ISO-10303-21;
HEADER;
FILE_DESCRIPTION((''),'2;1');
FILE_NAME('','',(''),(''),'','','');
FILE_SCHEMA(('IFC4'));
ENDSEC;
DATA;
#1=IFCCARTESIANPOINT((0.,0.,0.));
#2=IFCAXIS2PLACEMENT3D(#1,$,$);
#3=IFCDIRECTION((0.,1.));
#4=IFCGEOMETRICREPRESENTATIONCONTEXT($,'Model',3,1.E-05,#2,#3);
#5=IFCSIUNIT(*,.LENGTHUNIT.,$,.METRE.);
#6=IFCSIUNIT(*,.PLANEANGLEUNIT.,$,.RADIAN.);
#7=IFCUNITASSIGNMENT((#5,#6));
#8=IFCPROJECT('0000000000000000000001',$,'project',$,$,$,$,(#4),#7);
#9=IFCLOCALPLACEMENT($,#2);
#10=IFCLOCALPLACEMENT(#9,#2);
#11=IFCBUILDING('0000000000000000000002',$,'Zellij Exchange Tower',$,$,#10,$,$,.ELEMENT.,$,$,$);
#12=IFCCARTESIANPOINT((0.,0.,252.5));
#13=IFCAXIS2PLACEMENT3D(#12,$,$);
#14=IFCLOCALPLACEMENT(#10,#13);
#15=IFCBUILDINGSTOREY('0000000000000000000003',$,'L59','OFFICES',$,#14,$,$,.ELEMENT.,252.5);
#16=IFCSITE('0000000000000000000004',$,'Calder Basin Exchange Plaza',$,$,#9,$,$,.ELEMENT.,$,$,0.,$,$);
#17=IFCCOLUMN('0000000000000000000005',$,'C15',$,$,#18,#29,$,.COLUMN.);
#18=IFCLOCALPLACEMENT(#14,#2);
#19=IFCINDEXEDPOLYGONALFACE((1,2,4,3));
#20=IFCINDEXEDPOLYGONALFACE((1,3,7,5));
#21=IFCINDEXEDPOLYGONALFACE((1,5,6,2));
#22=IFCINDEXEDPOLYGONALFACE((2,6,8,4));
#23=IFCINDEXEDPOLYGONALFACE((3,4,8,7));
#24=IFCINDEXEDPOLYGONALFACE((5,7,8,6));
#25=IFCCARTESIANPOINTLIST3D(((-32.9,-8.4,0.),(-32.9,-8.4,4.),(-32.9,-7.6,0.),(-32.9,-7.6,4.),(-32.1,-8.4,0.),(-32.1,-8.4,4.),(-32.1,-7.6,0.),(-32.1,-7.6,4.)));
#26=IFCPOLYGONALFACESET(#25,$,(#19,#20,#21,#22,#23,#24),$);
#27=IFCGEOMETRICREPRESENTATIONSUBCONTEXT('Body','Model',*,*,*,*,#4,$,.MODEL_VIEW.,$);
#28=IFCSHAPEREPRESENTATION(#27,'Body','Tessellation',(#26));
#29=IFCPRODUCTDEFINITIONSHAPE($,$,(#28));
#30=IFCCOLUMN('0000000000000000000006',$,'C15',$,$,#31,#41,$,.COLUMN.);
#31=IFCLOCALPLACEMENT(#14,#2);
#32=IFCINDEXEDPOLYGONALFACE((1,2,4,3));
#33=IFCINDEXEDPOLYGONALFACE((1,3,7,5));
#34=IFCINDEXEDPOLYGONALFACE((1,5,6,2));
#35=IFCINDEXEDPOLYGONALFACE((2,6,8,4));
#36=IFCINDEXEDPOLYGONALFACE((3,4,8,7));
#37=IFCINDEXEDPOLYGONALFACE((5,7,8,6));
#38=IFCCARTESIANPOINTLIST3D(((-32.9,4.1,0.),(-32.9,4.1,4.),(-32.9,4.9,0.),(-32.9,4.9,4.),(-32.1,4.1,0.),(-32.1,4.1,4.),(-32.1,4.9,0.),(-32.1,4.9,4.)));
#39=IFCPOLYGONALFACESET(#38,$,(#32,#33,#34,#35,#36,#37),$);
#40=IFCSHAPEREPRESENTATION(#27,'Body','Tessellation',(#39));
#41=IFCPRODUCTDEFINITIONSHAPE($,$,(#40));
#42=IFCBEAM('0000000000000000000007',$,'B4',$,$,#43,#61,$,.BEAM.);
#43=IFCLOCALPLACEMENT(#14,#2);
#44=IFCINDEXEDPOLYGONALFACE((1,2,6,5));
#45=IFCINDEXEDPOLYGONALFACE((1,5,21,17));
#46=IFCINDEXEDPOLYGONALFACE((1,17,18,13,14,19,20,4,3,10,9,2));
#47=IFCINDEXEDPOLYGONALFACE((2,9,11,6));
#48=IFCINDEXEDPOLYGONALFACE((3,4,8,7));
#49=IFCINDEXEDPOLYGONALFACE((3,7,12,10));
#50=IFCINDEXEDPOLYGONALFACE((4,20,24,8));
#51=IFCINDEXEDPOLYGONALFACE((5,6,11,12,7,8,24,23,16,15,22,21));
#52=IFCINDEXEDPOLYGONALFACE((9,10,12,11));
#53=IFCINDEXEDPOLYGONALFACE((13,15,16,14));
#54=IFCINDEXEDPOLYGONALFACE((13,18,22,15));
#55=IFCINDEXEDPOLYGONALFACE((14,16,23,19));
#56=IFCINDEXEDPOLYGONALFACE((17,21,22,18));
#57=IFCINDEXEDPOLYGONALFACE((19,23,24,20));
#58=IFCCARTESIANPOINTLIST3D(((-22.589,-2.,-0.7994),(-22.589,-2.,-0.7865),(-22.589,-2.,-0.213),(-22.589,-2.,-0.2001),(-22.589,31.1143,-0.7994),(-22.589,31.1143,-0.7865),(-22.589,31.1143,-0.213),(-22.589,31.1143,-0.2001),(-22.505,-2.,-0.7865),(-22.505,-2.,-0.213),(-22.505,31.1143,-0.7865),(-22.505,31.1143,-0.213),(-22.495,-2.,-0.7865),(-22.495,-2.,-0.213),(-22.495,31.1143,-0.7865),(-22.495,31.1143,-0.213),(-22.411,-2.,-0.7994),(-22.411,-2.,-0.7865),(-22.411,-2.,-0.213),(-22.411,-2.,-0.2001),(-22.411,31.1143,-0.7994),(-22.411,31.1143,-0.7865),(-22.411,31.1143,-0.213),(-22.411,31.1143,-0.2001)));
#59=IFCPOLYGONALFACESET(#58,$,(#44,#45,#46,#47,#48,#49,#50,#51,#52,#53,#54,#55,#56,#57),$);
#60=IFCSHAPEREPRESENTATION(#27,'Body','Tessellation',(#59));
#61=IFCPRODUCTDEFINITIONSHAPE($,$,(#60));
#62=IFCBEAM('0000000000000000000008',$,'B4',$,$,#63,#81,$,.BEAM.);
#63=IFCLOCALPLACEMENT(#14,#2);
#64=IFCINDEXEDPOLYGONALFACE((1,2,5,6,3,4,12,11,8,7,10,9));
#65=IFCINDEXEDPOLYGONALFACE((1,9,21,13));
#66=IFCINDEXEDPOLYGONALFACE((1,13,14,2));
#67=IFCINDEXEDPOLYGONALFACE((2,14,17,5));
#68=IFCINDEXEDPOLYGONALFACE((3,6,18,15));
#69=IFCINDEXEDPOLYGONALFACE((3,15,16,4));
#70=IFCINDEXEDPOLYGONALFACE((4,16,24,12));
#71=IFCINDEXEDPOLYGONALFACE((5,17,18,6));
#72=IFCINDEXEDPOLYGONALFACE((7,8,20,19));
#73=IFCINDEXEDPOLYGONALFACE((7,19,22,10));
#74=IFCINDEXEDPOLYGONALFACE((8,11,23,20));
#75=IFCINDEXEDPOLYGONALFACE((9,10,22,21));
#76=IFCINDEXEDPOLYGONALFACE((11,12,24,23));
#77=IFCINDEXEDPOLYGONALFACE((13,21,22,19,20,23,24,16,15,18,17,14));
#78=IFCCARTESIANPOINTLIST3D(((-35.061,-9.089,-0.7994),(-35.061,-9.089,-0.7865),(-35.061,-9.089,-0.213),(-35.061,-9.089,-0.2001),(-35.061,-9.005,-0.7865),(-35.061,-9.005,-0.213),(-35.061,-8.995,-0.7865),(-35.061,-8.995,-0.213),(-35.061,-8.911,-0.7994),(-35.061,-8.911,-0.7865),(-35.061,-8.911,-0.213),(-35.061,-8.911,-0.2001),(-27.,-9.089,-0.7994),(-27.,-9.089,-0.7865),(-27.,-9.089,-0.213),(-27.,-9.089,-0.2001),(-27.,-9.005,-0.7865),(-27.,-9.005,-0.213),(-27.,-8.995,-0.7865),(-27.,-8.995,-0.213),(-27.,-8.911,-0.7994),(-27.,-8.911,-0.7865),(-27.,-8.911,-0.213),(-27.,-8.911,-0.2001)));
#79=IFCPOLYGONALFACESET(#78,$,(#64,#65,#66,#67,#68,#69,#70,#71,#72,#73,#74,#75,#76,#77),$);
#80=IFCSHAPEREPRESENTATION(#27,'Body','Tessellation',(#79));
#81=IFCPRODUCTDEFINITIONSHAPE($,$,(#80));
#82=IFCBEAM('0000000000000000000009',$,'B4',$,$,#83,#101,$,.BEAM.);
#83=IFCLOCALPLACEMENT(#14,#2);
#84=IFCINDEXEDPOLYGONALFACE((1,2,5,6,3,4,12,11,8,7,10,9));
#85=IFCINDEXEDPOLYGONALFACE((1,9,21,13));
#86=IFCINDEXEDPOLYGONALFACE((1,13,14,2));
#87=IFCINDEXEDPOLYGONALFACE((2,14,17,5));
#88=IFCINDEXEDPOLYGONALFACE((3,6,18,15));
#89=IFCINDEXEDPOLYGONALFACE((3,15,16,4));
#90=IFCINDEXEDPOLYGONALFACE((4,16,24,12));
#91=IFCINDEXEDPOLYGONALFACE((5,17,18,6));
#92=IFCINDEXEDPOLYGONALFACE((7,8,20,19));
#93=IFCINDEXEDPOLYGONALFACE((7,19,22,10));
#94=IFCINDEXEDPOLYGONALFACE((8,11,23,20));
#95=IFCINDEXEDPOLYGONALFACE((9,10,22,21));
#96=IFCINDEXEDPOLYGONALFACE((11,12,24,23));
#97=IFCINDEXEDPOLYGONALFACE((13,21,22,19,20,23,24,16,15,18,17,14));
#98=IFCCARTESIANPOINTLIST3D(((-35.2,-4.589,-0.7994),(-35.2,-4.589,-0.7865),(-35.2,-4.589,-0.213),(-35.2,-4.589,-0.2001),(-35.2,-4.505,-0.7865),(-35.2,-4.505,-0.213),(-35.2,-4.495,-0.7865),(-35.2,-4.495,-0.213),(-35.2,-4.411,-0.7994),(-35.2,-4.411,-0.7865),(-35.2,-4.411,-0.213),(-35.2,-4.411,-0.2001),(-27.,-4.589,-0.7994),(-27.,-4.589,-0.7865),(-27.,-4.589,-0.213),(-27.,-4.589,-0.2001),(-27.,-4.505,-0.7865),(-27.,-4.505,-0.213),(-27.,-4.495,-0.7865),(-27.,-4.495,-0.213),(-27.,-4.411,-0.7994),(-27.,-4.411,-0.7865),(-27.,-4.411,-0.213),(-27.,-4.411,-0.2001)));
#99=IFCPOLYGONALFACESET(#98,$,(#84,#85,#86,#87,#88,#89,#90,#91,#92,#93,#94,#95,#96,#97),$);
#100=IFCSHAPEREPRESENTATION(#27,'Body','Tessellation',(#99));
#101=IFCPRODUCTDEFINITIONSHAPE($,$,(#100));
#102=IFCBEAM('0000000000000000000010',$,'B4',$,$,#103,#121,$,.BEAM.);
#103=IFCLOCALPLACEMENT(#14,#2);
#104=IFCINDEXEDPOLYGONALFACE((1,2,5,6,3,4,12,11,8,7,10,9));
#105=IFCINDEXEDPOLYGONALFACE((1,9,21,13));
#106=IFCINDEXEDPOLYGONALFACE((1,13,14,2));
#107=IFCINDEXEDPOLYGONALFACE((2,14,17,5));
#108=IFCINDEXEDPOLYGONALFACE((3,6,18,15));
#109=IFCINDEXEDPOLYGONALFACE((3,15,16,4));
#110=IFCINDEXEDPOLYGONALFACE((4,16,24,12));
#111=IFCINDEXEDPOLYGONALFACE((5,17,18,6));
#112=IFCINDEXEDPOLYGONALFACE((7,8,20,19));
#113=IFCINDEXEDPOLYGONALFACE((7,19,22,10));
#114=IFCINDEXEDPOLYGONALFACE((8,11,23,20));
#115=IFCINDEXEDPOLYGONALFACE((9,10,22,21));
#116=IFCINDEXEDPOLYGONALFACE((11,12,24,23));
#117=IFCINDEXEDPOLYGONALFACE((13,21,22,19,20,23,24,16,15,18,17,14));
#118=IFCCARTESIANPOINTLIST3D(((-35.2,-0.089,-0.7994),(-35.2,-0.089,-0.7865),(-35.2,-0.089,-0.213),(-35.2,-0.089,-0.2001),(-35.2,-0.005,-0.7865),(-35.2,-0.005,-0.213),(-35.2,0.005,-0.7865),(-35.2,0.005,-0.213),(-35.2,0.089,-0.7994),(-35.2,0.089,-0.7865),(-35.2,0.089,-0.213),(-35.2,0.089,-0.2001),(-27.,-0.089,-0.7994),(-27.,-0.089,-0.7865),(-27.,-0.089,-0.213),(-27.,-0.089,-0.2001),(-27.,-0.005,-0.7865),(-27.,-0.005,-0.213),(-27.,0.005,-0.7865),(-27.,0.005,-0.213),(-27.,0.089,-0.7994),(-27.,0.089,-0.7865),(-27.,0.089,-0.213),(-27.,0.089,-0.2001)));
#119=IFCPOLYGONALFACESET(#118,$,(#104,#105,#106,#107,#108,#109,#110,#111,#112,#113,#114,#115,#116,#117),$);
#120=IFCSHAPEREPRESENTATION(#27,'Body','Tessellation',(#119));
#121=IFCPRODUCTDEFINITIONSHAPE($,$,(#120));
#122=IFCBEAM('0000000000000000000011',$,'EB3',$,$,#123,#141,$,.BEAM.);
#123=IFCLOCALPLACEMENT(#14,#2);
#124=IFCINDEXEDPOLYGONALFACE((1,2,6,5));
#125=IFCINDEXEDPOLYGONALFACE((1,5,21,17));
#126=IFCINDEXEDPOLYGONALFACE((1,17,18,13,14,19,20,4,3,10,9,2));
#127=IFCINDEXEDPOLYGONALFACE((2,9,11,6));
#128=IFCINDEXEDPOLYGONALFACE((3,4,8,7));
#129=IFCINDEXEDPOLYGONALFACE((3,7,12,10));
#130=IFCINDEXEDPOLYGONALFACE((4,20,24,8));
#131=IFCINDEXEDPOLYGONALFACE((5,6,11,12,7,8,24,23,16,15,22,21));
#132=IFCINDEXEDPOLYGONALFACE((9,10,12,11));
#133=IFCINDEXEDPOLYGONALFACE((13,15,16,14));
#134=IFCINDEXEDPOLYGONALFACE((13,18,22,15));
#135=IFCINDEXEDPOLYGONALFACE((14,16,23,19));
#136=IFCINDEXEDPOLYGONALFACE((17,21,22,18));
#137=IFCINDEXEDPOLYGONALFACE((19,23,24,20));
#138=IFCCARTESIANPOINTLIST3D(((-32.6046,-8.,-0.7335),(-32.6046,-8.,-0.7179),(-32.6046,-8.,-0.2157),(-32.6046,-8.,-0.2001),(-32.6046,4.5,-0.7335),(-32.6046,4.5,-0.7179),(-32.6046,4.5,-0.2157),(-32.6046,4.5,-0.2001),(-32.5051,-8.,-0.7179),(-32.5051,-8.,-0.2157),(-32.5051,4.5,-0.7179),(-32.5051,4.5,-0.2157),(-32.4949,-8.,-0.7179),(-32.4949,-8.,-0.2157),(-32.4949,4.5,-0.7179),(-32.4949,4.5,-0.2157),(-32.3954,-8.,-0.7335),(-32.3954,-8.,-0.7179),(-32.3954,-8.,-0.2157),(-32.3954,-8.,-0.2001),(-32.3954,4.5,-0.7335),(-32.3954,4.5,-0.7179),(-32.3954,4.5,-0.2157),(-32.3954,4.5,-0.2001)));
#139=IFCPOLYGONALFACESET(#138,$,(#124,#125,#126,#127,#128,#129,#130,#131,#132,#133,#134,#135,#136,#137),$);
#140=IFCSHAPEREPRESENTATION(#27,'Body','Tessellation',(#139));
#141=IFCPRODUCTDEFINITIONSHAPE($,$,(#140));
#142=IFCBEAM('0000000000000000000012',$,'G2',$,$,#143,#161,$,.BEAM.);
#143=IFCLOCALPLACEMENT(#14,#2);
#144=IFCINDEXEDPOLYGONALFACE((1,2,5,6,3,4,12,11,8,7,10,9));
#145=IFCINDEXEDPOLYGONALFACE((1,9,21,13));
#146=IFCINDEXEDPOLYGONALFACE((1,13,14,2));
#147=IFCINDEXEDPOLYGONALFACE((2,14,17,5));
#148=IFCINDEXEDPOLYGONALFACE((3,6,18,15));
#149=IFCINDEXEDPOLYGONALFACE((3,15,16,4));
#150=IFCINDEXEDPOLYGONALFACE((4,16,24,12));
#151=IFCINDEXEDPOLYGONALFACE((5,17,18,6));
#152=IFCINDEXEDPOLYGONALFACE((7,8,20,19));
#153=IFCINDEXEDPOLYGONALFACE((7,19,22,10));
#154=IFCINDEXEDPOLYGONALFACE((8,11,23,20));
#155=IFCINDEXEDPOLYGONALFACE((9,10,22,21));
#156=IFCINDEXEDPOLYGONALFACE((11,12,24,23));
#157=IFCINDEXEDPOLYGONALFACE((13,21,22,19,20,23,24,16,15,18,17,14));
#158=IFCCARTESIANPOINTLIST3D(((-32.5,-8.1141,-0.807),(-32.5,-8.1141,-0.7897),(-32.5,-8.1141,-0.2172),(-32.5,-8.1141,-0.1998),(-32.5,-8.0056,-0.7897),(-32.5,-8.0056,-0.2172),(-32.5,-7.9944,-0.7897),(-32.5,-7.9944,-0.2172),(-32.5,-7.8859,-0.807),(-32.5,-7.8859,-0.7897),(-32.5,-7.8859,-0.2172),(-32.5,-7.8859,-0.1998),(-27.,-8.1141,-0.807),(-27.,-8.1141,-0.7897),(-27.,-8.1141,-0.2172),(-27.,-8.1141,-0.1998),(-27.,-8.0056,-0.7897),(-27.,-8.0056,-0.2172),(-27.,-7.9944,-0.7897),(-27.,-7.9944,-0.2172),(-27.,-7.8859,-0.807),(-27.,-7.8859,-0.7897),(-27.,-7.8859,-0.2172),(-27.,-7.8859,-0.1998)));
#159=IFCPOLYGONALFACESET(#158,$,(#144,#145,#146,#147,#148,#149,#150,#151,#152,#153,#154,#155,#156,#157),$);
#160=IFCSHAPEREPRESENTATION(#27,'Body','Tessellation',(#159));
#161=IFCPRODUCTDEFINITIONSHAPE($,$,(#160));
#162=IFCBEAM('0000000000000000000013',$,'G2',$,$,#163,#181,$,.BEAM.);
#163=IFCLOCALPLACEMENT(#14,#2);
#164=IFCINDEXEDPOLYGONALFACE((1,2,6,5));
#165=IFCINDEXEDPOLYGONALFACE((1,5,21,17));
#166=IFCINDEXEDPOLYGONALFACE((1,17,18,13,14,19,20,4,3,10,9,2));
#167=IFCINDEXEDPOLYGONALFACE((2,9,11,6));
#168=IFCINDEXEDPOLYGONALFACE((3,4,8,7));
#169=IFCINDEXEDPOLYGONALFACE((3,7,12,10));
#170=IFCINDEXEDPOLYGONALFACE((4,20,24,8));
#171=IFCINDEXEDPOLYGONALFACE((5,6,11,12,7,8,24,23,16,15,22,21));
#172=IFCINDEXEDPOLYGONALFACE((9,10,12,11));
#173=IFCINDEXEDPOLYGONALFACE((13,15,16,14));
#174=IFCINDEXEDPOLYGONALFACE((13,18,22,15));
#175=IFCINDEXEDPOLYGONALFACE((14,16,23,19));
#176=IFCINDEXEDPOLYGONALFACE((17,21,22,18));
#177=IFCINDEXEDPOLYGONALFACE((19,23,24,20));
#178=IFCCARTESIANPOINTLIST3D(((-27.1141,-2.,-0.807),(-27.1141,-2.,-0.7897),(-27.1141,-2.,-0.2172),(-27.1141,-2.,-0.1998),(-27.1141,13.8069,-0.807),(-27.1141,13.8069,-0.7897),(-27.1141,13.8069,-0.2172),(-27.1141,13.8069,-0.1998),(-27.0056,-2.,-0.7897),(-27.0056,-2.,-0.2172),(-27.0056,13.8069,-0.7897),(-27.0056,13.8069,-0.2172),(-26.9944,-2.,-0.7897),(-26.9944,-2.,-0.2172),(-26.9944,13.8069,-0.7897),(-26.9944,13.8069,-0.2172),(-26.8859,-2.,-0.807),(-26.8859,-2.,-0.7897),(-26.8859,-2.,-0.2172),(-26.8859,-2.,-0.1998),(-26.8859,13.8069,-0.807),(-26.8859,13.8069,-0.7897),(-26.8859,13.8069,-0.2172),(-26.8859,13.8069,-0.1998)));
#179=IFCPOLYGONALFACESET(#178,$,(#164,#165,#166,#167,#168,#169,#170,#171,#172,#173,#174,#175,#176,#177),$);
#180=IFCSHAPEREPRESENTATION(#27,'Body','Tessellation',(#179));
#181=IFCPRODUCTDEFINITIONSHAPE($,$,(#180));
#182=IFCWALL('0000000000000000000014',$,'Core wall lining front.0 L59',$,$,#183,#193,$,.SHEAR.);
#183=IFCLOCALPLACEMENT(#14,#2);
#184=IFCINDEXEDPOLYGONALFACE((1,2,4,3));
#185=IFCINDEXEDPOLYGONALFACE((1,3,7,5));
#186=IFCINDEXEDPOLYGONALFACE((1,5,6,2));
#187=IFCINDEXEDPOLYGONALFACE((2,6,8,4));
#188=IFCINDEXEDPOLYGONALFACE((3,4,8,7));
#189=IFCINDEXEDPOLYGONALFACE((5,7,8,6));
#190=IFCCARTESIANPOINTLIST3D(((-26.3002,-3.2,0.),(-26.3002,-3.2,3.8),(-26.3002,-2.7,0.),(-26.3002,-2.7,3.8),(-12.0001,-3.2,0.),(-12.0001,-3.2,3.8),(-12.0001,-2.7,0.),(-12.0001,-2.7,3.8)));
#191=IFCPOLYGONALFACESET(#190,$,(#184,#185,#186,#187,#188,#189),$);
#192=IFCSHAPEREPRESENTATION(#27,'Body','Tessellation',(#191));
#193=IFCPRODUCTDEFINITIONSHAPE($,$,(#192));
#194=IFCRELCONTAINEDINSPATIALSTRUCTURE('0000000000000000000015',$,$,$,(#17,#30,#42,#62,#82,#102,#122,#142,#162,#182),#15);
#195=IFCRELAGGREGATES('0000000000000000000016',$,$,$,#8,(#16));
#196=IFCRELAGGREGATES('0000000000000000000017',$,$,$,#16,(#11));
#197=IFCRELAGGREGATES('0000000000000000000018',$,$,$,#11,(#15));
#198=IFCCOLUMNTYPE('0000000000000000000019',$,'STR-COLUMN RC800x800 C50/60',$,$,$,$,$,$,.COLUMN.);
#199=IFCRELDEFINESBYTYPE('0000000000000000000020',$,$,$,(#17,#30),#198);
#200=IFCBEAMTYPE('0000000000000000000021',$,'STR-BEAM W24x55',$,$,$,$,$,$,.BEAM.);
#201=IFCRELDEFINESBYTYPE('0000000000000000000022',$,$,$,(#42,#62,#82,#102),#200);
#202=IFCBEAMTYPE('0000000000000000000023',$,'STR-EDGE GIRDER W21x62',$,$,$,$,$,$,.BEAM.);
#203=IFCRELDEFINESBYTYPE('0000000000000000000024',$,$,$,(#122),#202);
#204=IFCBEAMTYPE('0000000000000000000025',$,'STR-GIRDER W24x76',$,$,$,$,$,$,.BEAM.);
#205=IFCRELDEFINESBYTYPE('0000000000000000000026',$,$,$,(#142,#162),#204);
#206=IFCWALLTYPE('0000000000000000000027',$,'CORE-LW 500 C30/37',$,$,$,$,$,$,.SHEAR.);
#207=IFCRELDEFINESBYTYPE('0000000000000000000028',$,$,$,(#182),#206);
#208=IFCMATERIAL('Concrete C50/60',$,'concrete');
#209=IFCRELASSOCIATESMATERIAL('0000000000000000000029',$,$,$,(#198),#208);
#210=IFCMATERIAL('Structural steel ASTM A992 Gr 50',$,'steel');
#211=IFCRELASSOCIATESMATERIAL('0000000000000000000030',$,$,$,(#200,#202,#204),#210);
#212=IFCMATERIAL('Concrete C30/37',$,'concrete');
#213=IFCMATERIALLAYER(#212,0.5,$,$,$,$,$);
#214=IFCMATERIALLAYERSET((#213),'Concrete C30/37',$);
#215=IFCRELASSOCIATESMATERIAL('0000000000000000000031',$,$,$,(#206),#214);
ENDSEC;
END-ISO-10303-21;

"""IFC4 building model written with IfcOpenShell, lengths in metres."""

from ifc_helpers import new_model, si_unit, direction, frame, frame_2d, origin, origin_2d, place, context, subcontext, project, spatial, rectangle, i_section, extrude, material, layer, layer_set, material_profile, profile_set, type_object, element, save


model = new_model("IFC4")

# Units and contexts
model_context = context("Model", 3, precision=1e-05, world=origin(), true_north=direction((0.0, 1.0)))
body_context = subcontext(model_context, "Body", "Model", "MODEL_VIEW")
ifc_project = project(units=[si_unit("LENGTHUNIT", "METRE"), si_unit("PLANEANGLEUNIT", "RADIAN")], contexts=[model_context])

# Site, building, storey
site_placement = place(None, origin())
site = spatial("IfcSite", under=ifc_project, at=site_placement, Name="Calder Basin Exchange Plaza", CompositionType="ELEMENT", RefElevation=0.0)
building_placement = place(site_placement, origin())
building = spatial("IfcBuilding", under=site, at=building_placement, Name="Zellij Exchange Tower", CompositionType="ELEMENT")
storey_placement = place(building_placement, frame((0.0, 0.0, 252.5)))
storey = spatial("IfcBuildingStorey", under=building, at=storey_placement, Name="L59", Description="OFFICES", CompositionType="ELEMENT", Elevation=252.5)

# Columns
ifc_material_1 = material(Name="Concrete C50/60", Category="concrete")
ifc_material_profile_1 = material_profile(ifc_material_1, rectangle(XDim=0.8, YDim=0.8, at=origin_2d()), Name="STR-COLUMN RC800x800 C50/60")
ifc_profile_set_1 = profile_set([ifc_material_profile_1], Name="Concrete C50/60")
column_type = type_object("IfcColumnType", Name="STR-COLUMN RC800x800 C50/60", PredefinedType="COLUMN", material=ifc_profile_set_1)
for number, where, z_axis, x_axis, name in (
    (1, (-32.5, -8.0, 0.0), (0.0, 0.0, 1.0), (1.0, 0.0, 0.0), "C15"),
    (2, (-32.5, 4.5, 0.0), (0.0, 0.0, 1.0), (1.0, 0.0, 0.0), "C15"),
):
    element("IfcColumn", number, at=place(storey_placement, frame(where, z_axis=z_axis, x_axis=x_axis)), inside=storey, type_object=column_type, Name=name, PredefinedType="COLUMN", context=body_context, shape_type="SweptSolid", body=[
        extrude(rectangle(XDim=0.8, YDim=0.8, at=origin_2d()), origin(), (0.0, 0.0, 1.0), 4.0),
    ])

# Beams
ifc_material_2 = material(Name="Structural steel ASTM A992 Gr 50", Category="steel")
ifc_material_profile_2 = material_profile(ifc_material_2, i_section(OverallWidth=0.178, OverallDepth=0.5994, WebThickness=0.01, FlangeThickness=0.0129, at=origin_2d()), Name="W24x55")
ifc_profile_set_2 = profile_set([ifc_material_profile_2], Name="Structural steel ASTM A992 Gr 50")
beam_type_1 = type_object("IfcBeamType", Name="STR-BEAM W24x55", PredefinedType="BEAM", material=ifc_profile_set_2)
beam_1_placement = place(storey_placement, frame((-22.5, -2.0, -0.4998), z_axis=(0.0, 1.0, 0.0), x_axis=(-1.0, 0.0, 0.0)))
element("IfcBeam", 3, at=beam_1_placement, inside=storey, type_object=beam_type_1, Name="B4", PredefinedType="BEAM", context=body_context, shape_type="SweptSolid", body=[
    extrude(i_section(OverallWidth=0.178, OverallDepth=0.5994, WebThickness=0.01, FlangeThickness=0.0129, at=origin_2d()), origin(), (0.0, 0.0, 1.0), 33.1143),
])
beam_2_placement = place(storey_placement, frame((-35.061, -9.0, -0.4998), z_axis=(1.0, 0.0, 0.0), x_axis=(0.0, 1.0, 0.0)))
element("IfcBeam", 4, at=beam_2_placement, inside=storey, type_object=beam_type_1, Name="B4", PredefinedType="BEAM", context=body_context, shape_type="SweptSolid", body=[
    extrude(i_section(OverallWidth=0.178, OverallDepth=0.5994, WebThickness=0.01, FlangeThickness=0.0129, at=origin_2d()), origin(), (0.0, 0.0, 1.0), 8.061),
])
for number, where, z_axis, x_axis, name in (
    (5, (-35.2, -4.5, -0.4998), (1.0, 0.0, 0.0), (0.0, 1.0, 0.0), "B4"),
    (6, (-35.2, 0.0, -0.4998), (1.0, 0.0, 0.0), (0.0, 1.0, 0.0), "B4"),
):
    element("IfcBeam", number, at=place(storey_placement, frame(where, z_axis=z_axis, x_axis=x_axis)), inside=storey, type_object=beam_type_1, Name=name, PredefinedType="BEAM", context=body_context, shape_type="SweptSolid", body=[
        extrude(i_section(OverallWidth=0.178, OverallDepth=0.5994, WebThickness=0.01, FlangeThickness=0.0129, at=origin_2d()), origin(), (0.0, 0.0, 1.0), 8.2),
    ])
ifc_material_profile_3 = material_profile(ifc_material_2, i_section(OverallWidth=0.2092, OverallDepth=0.5334, WebThickness=0.0103, FlangeThickness=0.0156, at=origin_2d()), Name="W21x62")
ifc_profile_set_3 = profile_set([ifc_material_profile_3], Name="Structural steel ASTM A992 Gr 50")
beam_type_2 = type_object("IfcBeamType", Name="STR-EDGE GIRDER W21x62", PredefinedType="BEAM", material=ifc_profile_set_3)
beam_3_placement = place(storey_placement, frame((-32.5, -8.0, -0.4668), z_axis=(0.0, 1.0, 0.0), x_axis=(-1.0, 0.0, 0.0)))
element("IfcBeam", 7, at=beam_3_placement, inside=storey, type_object=beam_type_2, Name="EB3", PredefinedType="BEAM", context=body_context, shape_type="SweptSolid", body=[
    extrude(i_section(OverallWidth=0.2092, OverallDepth=0.5334, WebThickness=0.0103, FlangeThickness=0.0156, at=origin_2d()), origin(), (0.0, 0.0, 1.0), 12.5),
])
ifc_material_profile_4 = material_profile(ifc_material_2, i_section(OverallWidth=0.2283, OverallDepth=0.6072, WebThickness=0.0112, FlangeThickness=0.0173, at=origin_2d()), Name="W24x76")
ifc_profile_set_4 = profile_set([ifc_material_profile_4], Name="Structural steel ASTM A992 Gr 50")
beam_type_3 = type_object("IfcBeamType", Name="STR-GIRDER W24x76", PredefinedType="BEAM", material=ifc_profile_set_4)
beam_4_placement = place(storey_placement, frame((-32.5, -8.0, -0.5034), z_axis=(1.0, 0.0, 0.0), x_axis=(0.0, 1.0, 0.0)))
element("IfcBeam", 8, at=beam_4_placement, inside=storey, type_object=beam_type_3, Name="G2", PredefinedType="BEAM", context=body_context, shape_type="SweptSolid", body=[
    extrude(i_section(OverallWidth=0.2283, OverallDepth=0.6072, WebThickness=0.0112, FlangeThickness=0.0173, at=origin_2d()), origin(), (0.0, 0.0, 1.0), 5.5),
])
beam_5_placement = place(storey_placement, frame((-27.0, -2.0, -0.5034), z_axis=(0.0, 1.0, 0.0), x_axis=(-1.0, 0.0, 0.0)))
element("IfcBeam", 9, at=beam_5_placement, inside=storey, type_object=beam_type_3, Name="G2", PredefinedType="BEAM", context=body_context, shape_type="SweptSolid", body=[
    extrude(i_section(OverallWidth=0.2283, OverallDepth=0.6072, WebThickness=0.0112, FlangeThickness=0.0173, at=origin_2d()), origin(), (0.0, 0.0, 1.0), 15.8069),
])

# Wall
ifc_material_3 = material(Name="Concrete C30/37", Category="concrete")
ifc_layer_1 = layer(ifc_material_3, 0.5)
ifc_layer_set_1 = layer_set([ifc_layer_1], Name="Concrete C30/37")
wall_type_1 = type_object("IfcWallType", Name="CORE-LW 500 C30/37", PredefinedType="SHEAR", material=ifc_layer_set_1)
wall_1_placement = place(storey_placement, frame((-26.3, -2.95, 0.0), z_axis=(0.0, 0.0, 1.0), x_axis=(1.0, 0.0, 0.0)))
element("IfcWall", 10, at=wall_1_placement, inside=storey, type_object=wall_type_1, Name="Core wall lining front.0 L59", PredefinedType="SHEAR", context=body_context, shape_type="SweptSolid", body=[
    extrude(rectangle(XDim=14.3, YDim=0.5, at=frame_2d((7.1499, 0.0))), origin(), (0.0, 0.0, 1.0), 3.8),
])

save(model, "model.ifc")
